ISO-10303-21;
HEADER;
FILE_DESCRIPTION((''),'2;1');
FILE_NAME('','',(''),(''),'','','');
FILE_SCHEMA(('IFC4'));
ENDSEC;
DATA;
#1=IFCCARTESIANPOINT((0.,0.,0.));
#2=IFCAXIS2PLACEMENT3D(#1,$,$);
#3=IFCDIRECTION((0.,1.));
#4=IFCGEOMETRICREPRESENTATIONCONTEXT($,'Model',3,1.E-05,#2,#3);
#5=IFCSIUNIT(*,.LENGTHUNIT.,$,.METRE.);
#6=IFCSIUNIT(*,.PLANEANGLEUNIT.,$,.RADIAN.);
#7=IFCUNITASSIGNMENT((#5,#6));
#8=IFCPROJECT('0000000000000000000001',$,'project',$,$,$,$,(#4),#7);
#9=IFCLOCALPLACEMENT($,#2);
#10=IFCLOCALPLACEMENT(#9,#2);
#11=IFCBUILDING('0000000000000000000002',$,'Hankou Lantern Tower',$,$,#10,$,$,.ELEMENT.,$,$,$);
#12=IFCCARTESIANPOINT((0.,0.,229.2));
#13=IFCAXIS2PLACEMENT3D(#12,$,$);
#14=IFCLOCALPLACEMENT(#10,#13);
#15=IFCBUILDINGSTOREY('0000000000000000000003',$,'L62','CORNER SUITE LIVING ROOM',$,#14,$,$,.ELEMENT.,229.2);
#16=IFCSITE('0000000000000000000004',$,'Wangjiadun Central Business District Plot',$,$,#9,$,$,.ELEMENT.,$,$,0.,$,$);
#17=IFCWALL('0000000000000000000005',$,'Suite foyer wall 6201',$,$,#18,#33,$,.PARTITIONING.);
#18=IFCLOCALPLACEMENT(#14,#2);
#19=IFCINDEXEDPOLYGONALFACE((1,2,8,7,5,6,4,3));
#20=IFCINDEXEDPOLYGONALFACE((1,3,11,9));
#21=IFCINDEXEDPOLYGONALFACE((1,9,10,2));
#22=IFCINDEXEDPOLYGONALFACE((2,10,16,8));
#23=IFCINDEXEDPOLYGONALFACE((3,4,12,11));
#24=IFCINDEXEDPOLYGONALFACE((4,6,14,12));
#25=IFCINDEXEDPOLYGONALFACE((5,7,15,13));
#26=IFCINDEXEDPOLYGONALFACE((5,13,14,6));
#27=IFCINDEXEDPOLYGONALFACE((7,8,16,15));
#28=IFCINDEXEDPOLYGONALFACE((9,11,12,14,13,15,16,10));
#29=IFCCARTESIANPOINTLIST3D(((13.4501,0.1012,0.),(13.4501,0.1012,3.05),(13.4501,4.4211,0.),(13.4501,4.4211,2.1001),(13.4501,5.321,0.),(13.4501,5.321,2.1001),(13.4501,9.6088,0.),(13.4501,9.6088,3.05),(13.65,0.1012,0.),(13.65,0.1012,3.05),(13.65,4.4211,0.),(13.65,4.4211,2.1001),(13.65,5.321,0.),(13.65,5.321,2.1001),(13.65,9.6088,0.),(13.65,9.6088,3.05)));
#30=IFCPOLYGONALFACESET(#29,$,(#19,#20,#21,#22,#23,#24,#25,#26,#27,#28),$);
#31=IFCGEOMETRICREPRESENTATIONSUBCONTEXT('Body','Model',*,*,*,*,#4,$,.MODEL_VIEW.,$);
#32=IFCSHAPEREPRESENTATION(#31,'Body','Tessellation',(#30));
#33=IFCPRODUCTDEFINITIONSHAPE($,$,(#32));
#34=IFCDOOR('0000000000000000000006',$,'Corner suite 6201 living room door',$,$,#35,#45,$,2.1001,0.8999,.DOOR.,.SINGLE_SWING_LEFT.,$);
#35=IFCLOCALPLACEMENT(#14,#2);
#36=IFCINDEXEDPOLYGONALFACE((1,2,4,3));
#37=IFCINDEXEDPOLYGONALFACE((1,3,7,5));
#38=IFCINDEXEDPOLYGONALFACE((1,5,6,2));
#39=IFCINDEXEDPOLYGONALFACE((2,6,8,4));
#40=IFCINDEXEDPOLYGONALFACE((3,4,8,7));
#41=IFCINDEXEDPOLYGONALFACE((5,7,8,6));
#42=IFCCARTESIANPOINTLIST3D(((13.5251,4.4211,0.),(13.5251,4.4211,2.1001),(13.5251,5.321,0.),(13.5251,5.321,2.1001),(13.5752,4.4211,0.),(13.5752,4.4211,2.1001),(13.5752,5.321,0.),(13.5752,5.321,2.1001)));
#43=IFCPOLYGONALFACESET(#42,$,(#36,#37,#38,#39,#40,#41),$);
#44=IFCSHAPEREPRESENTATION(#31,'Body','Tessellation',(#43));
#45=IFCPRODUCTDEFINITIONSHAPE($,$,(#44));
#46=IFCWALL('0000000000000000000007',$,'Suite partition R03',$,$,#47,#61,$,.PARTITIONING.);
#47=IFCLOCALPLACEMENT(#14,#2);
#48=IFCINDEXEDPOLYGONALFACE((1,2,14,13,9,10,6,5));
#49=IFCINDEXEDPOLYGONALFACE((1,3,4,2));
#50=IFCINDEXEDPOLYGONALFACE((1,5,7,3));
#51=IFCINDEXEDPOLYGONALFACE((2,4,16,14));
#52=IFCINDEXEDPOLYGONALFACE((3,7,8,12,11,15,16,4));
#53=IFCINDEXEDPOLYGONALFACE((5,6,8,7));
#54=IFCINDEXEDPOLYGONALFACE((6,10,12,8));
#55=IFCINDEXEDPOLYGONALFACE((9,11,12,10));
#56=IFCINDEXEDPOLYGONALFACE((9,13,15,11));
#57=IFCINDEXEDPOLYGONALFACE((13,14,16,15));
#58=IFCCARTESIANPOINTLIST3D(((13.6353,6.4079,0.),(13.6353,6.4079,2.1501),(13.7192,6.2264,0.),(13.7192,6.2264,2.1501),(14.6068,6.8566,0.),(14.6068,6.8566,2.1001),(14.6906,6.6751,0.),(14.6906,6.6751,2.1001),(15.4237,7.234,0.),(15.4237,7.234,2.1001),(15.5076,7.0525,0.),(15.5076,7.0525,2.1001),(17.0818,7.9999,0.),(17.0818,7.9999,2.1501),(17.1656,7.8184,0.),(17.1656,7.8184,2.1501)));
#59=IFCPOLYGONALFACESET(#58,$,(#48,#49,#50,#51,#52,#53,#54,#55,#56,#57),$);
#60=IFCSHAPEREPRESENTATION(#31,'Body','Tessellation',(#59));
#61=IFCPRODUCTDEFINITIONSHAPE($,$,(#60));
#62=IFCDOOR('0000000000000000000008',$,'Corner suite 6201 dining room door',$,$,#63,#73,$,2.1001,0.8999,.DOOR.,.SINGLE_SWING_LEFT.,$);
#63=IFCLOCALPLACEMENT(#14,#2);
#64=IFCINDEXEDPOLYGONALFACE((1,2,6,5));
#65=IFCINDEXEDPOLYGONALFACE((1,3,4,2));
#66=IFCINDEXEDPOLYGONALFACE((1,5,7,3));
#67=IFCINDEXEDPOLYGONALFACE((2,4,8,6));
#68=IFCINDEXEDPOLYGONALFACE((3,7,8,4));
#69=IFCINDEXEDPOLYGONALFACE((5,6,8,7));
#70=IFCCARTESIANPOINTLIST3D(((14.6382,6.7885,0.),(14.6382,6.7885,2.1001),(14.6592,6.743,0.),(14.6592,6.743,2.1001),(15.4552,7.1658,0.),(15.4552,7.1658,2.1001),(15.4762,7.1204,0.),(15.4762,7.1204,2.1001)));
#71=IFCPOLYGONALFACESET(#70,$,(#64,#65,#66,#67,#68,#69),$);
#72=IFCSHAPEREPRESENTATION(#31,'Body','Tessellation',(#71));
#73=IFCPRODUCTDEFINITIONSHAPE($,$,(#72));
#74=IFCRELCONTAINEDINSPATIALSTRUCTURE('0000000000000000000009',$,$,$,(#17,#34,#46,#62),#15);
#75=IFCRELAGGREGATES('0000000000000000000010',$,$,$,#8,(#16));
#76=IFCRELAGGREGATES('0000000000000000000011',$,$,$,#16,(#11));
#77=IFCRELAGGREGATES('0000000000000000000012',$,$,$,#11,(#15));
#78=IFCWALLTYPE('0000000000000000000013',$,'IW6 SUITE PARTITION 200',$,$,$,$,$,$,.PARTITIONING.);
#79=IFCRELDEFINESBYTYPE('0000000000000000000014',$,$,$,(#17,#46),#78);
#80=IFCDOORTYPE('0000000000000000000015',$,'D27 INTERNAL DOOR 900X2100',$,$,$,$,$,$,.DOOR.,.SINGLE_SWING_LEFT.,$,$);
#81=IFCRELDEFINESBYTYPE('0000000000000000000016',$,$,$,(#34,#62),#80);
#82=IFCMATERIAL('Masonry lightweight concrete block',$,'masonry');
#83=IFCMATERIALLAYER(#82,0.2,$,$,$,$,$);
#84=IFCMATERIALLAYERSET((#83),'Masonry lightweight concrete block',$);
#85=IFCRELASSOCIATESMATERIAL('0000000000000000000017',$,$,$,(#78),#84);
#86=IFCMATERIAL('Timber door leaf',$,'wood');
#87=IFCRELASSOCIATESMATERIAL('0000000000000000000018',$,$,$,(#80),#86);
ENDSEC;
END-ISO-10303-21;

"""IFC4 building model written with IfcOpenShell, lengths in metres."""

from ifc_helpers import new_model, si_unit, direction, frame, frame_2d, origin, place, context, subcontext, project, spatial, rectangle, extrude, material, layer, layer_set, type_object, element, fill, save


model = new_model("IFC4")

# Units and contexts
model_context = context("Model", 3, precision=1e-05, world=origin(), true_north=direction((0.0, 1.0)))
body_context = subcontext(model_context, "Body", "Model", "MODEL_VIEW")
ifc_project = project(units=[si_unit("LENGTHUNIT", "METRE"), si_unit("PLANEANGLEUNIT", "RADIAN")], contexts=[model_context])

# Site, building, storey
site_placement = place(None, origin())
site = spatial("IfcSite", under=ifc_project, at=site_placement, Name="Wangjiadun Central Business District Plot", CompositionType="ELEMENT", RefElevation=0.0)
building_placement = place(site_placement, origin())
building = spatial("IfcBuilding", under=site, at=building_placement, Name="Hankou Lantern Tower", CompositionType="ELEMENT")
storey_placement = place(building_placement, frame((0.0, 0.0, 229.2)))
storey = spatial("IfcBuildingStorey", under=building, at=storey_placement, Name="L62", Description="CORNER SUITE LIVING ROOM", CompositionType="ELEMENT", Elevation=229.2)

# Walls, openings, doors
ifc_material_1 = material(Name="Masonry lightweight concrete block", Category="masonry")
ifc_layer_1 = layer(ifc_material_1, 0.2)
ifc_layer_set_1 = layer_set([ifc_layer_1], Name="Masonry lightweight concrete block")
wall_type_1 = type_object("IfcWallType", Name="IW6 SUITE PARTITION 200", PredefinedType="PARTITIONING", material=ifc_layer_set_1)
wall_1_placement = place(storey_placement, frame((13.55, 0.1011, 0.0), z_axis=(0.0, 0.0, 1.0), x_axis=(0.0, 1.0, 0.0)))
wall_1 = element("IfcWall", 1, at=wall_1_placement, inside=storey, type_object=wall_type_1, Name="Suite foyer wall 6201", PredefinedType="PARTITIONING", context=body_context, shape_type="SweptSolid", body=[
    extrude(rectangle(XDim=9.5076, YDim=0.2, at=frame_2d((4.7539, 0.0))), origin(), (0.0, 0.0, 1.0), 3.05),
])
opening_1_placement = place(wall_1_placement, frame((4.3201, 0.0, 0.0)))
opening_1 = element("IfcOpeningElement", 2, at=opening_1_placement, cuts=wall_1, PredefinedType="OPENING", context=body_context, shape_type="SweptSolid", body=[
    extrude(rectangle(XDim=0.8999, YDim=2.1001, at=frame_2d((0.45, 1.05))), frame((0.0, 0.1099, 0.0), z_axis=(0.0, -1.0, 0.0), x_axis=(1.0, 0.0, 0.0)), (0.0, 0.0, 1.0), 0.22),
])
ifc_material_2 = material(Name="Timber door leaf", Category="wood")
door_type_1 = type_object("IfcDoorType", Name="D27 INTERNAL DOOR 900X2100", OperationType="SINGLE_SWING_LEFT", PredefinedType="DOOR", material=ifc_material_2)
door_1_placement = place(opening_1_placement, origin())
door_1 = element("IfcDoor", 3, at=door_1_placement, inside=storey, type_object=door_type_1, Name="Corner suite 6201 living room door", OperationType="SINGLE_SWING_LEFT", OverallHeight=2.1001, OverallWidth=0.8999, PredefinedType="DOOR", context=body_context, shape_type="SweptSolid", body=[
    extrude(rectangle(XDim=0.8999, YDim=2.1001, at=frame_2d((0.45, 1.05))), frame((0.0, 0.0249, 0.0), z_axis=(0.0, -1.0, 0.0), x_axis=(1.0, 0.0, 0.0)), (0.0, 0.0, 1.0), 0.05),
])
fill(opening_1, door_1)
wall_2_placement = place(storey_placement, frame((13.6772, 6.3171, 0.0), z_axis=(0.0, 0.0, 1.0), x_axis=(0.907826, 0.419348, 0.0)))
wall_2 = element("IfcWall", 4, at=wall_2_placement, inside=storey, type_object=wall_type_1, Name="Suite partition R03", PredefinedType="PARTITIONING", context=body_context, shape_type="SweptSolid", body=[
    extrude(rectangle(XDim=3.7964, YDim=0.2, at=frame_2d((1.8982, 0.0))), origin(), (0.0, 0.0, 1.0), 2.1501),
])
opening_2_placement = place(wall_2_placement, frame((1.0701, 0.0, 0.0)))
opening_2 = element("IfcOpeningElement", 5, at=opening_2_placement, cuts=wall_2, PredefinedType="OPENING", context=body_context, shape_type="SweptSolid", body=[
    extrude(rectangle(XDim=0.8999, YDim=2.1001, at=frame_2d((0.45, 1.05))), frame((0.0, 0.1099, 0.0), z_axis=(0.0, -1.0, 0.0), x_axis=(1.0, 0.0, 0.0)), (0.0, 0.0, 1.0), 0.22),
])
door_2_placement = place(opening_2_placement, origin())
door_2 = element("IfcDoor", 6, at=door_2_placement, inside=storey, type_object=door_type_1, Name="Corner suite 6201 dining room door", OperationType="SINGLE_SWING_LEFT", OverallHeight=2.1001, OverallWidth=0.8999, PredefinedType="DOOR", context=body_context, shape_type="SweptSolid", body=[
    extrude(rectangle(XDim=0.8999, YDim=2.1001, at=frame_2d((0.45, 1.05))), frame((0.0, 0.0249, 0.0), z_axis=(0.0, -1.0, 0.0), x_axis=(1.0, 0.0, 0.0)), (0.0, 0.0, 1.0), 0.05),
])
fill(opening_2, door_2)

save(model, "model.ifc")
